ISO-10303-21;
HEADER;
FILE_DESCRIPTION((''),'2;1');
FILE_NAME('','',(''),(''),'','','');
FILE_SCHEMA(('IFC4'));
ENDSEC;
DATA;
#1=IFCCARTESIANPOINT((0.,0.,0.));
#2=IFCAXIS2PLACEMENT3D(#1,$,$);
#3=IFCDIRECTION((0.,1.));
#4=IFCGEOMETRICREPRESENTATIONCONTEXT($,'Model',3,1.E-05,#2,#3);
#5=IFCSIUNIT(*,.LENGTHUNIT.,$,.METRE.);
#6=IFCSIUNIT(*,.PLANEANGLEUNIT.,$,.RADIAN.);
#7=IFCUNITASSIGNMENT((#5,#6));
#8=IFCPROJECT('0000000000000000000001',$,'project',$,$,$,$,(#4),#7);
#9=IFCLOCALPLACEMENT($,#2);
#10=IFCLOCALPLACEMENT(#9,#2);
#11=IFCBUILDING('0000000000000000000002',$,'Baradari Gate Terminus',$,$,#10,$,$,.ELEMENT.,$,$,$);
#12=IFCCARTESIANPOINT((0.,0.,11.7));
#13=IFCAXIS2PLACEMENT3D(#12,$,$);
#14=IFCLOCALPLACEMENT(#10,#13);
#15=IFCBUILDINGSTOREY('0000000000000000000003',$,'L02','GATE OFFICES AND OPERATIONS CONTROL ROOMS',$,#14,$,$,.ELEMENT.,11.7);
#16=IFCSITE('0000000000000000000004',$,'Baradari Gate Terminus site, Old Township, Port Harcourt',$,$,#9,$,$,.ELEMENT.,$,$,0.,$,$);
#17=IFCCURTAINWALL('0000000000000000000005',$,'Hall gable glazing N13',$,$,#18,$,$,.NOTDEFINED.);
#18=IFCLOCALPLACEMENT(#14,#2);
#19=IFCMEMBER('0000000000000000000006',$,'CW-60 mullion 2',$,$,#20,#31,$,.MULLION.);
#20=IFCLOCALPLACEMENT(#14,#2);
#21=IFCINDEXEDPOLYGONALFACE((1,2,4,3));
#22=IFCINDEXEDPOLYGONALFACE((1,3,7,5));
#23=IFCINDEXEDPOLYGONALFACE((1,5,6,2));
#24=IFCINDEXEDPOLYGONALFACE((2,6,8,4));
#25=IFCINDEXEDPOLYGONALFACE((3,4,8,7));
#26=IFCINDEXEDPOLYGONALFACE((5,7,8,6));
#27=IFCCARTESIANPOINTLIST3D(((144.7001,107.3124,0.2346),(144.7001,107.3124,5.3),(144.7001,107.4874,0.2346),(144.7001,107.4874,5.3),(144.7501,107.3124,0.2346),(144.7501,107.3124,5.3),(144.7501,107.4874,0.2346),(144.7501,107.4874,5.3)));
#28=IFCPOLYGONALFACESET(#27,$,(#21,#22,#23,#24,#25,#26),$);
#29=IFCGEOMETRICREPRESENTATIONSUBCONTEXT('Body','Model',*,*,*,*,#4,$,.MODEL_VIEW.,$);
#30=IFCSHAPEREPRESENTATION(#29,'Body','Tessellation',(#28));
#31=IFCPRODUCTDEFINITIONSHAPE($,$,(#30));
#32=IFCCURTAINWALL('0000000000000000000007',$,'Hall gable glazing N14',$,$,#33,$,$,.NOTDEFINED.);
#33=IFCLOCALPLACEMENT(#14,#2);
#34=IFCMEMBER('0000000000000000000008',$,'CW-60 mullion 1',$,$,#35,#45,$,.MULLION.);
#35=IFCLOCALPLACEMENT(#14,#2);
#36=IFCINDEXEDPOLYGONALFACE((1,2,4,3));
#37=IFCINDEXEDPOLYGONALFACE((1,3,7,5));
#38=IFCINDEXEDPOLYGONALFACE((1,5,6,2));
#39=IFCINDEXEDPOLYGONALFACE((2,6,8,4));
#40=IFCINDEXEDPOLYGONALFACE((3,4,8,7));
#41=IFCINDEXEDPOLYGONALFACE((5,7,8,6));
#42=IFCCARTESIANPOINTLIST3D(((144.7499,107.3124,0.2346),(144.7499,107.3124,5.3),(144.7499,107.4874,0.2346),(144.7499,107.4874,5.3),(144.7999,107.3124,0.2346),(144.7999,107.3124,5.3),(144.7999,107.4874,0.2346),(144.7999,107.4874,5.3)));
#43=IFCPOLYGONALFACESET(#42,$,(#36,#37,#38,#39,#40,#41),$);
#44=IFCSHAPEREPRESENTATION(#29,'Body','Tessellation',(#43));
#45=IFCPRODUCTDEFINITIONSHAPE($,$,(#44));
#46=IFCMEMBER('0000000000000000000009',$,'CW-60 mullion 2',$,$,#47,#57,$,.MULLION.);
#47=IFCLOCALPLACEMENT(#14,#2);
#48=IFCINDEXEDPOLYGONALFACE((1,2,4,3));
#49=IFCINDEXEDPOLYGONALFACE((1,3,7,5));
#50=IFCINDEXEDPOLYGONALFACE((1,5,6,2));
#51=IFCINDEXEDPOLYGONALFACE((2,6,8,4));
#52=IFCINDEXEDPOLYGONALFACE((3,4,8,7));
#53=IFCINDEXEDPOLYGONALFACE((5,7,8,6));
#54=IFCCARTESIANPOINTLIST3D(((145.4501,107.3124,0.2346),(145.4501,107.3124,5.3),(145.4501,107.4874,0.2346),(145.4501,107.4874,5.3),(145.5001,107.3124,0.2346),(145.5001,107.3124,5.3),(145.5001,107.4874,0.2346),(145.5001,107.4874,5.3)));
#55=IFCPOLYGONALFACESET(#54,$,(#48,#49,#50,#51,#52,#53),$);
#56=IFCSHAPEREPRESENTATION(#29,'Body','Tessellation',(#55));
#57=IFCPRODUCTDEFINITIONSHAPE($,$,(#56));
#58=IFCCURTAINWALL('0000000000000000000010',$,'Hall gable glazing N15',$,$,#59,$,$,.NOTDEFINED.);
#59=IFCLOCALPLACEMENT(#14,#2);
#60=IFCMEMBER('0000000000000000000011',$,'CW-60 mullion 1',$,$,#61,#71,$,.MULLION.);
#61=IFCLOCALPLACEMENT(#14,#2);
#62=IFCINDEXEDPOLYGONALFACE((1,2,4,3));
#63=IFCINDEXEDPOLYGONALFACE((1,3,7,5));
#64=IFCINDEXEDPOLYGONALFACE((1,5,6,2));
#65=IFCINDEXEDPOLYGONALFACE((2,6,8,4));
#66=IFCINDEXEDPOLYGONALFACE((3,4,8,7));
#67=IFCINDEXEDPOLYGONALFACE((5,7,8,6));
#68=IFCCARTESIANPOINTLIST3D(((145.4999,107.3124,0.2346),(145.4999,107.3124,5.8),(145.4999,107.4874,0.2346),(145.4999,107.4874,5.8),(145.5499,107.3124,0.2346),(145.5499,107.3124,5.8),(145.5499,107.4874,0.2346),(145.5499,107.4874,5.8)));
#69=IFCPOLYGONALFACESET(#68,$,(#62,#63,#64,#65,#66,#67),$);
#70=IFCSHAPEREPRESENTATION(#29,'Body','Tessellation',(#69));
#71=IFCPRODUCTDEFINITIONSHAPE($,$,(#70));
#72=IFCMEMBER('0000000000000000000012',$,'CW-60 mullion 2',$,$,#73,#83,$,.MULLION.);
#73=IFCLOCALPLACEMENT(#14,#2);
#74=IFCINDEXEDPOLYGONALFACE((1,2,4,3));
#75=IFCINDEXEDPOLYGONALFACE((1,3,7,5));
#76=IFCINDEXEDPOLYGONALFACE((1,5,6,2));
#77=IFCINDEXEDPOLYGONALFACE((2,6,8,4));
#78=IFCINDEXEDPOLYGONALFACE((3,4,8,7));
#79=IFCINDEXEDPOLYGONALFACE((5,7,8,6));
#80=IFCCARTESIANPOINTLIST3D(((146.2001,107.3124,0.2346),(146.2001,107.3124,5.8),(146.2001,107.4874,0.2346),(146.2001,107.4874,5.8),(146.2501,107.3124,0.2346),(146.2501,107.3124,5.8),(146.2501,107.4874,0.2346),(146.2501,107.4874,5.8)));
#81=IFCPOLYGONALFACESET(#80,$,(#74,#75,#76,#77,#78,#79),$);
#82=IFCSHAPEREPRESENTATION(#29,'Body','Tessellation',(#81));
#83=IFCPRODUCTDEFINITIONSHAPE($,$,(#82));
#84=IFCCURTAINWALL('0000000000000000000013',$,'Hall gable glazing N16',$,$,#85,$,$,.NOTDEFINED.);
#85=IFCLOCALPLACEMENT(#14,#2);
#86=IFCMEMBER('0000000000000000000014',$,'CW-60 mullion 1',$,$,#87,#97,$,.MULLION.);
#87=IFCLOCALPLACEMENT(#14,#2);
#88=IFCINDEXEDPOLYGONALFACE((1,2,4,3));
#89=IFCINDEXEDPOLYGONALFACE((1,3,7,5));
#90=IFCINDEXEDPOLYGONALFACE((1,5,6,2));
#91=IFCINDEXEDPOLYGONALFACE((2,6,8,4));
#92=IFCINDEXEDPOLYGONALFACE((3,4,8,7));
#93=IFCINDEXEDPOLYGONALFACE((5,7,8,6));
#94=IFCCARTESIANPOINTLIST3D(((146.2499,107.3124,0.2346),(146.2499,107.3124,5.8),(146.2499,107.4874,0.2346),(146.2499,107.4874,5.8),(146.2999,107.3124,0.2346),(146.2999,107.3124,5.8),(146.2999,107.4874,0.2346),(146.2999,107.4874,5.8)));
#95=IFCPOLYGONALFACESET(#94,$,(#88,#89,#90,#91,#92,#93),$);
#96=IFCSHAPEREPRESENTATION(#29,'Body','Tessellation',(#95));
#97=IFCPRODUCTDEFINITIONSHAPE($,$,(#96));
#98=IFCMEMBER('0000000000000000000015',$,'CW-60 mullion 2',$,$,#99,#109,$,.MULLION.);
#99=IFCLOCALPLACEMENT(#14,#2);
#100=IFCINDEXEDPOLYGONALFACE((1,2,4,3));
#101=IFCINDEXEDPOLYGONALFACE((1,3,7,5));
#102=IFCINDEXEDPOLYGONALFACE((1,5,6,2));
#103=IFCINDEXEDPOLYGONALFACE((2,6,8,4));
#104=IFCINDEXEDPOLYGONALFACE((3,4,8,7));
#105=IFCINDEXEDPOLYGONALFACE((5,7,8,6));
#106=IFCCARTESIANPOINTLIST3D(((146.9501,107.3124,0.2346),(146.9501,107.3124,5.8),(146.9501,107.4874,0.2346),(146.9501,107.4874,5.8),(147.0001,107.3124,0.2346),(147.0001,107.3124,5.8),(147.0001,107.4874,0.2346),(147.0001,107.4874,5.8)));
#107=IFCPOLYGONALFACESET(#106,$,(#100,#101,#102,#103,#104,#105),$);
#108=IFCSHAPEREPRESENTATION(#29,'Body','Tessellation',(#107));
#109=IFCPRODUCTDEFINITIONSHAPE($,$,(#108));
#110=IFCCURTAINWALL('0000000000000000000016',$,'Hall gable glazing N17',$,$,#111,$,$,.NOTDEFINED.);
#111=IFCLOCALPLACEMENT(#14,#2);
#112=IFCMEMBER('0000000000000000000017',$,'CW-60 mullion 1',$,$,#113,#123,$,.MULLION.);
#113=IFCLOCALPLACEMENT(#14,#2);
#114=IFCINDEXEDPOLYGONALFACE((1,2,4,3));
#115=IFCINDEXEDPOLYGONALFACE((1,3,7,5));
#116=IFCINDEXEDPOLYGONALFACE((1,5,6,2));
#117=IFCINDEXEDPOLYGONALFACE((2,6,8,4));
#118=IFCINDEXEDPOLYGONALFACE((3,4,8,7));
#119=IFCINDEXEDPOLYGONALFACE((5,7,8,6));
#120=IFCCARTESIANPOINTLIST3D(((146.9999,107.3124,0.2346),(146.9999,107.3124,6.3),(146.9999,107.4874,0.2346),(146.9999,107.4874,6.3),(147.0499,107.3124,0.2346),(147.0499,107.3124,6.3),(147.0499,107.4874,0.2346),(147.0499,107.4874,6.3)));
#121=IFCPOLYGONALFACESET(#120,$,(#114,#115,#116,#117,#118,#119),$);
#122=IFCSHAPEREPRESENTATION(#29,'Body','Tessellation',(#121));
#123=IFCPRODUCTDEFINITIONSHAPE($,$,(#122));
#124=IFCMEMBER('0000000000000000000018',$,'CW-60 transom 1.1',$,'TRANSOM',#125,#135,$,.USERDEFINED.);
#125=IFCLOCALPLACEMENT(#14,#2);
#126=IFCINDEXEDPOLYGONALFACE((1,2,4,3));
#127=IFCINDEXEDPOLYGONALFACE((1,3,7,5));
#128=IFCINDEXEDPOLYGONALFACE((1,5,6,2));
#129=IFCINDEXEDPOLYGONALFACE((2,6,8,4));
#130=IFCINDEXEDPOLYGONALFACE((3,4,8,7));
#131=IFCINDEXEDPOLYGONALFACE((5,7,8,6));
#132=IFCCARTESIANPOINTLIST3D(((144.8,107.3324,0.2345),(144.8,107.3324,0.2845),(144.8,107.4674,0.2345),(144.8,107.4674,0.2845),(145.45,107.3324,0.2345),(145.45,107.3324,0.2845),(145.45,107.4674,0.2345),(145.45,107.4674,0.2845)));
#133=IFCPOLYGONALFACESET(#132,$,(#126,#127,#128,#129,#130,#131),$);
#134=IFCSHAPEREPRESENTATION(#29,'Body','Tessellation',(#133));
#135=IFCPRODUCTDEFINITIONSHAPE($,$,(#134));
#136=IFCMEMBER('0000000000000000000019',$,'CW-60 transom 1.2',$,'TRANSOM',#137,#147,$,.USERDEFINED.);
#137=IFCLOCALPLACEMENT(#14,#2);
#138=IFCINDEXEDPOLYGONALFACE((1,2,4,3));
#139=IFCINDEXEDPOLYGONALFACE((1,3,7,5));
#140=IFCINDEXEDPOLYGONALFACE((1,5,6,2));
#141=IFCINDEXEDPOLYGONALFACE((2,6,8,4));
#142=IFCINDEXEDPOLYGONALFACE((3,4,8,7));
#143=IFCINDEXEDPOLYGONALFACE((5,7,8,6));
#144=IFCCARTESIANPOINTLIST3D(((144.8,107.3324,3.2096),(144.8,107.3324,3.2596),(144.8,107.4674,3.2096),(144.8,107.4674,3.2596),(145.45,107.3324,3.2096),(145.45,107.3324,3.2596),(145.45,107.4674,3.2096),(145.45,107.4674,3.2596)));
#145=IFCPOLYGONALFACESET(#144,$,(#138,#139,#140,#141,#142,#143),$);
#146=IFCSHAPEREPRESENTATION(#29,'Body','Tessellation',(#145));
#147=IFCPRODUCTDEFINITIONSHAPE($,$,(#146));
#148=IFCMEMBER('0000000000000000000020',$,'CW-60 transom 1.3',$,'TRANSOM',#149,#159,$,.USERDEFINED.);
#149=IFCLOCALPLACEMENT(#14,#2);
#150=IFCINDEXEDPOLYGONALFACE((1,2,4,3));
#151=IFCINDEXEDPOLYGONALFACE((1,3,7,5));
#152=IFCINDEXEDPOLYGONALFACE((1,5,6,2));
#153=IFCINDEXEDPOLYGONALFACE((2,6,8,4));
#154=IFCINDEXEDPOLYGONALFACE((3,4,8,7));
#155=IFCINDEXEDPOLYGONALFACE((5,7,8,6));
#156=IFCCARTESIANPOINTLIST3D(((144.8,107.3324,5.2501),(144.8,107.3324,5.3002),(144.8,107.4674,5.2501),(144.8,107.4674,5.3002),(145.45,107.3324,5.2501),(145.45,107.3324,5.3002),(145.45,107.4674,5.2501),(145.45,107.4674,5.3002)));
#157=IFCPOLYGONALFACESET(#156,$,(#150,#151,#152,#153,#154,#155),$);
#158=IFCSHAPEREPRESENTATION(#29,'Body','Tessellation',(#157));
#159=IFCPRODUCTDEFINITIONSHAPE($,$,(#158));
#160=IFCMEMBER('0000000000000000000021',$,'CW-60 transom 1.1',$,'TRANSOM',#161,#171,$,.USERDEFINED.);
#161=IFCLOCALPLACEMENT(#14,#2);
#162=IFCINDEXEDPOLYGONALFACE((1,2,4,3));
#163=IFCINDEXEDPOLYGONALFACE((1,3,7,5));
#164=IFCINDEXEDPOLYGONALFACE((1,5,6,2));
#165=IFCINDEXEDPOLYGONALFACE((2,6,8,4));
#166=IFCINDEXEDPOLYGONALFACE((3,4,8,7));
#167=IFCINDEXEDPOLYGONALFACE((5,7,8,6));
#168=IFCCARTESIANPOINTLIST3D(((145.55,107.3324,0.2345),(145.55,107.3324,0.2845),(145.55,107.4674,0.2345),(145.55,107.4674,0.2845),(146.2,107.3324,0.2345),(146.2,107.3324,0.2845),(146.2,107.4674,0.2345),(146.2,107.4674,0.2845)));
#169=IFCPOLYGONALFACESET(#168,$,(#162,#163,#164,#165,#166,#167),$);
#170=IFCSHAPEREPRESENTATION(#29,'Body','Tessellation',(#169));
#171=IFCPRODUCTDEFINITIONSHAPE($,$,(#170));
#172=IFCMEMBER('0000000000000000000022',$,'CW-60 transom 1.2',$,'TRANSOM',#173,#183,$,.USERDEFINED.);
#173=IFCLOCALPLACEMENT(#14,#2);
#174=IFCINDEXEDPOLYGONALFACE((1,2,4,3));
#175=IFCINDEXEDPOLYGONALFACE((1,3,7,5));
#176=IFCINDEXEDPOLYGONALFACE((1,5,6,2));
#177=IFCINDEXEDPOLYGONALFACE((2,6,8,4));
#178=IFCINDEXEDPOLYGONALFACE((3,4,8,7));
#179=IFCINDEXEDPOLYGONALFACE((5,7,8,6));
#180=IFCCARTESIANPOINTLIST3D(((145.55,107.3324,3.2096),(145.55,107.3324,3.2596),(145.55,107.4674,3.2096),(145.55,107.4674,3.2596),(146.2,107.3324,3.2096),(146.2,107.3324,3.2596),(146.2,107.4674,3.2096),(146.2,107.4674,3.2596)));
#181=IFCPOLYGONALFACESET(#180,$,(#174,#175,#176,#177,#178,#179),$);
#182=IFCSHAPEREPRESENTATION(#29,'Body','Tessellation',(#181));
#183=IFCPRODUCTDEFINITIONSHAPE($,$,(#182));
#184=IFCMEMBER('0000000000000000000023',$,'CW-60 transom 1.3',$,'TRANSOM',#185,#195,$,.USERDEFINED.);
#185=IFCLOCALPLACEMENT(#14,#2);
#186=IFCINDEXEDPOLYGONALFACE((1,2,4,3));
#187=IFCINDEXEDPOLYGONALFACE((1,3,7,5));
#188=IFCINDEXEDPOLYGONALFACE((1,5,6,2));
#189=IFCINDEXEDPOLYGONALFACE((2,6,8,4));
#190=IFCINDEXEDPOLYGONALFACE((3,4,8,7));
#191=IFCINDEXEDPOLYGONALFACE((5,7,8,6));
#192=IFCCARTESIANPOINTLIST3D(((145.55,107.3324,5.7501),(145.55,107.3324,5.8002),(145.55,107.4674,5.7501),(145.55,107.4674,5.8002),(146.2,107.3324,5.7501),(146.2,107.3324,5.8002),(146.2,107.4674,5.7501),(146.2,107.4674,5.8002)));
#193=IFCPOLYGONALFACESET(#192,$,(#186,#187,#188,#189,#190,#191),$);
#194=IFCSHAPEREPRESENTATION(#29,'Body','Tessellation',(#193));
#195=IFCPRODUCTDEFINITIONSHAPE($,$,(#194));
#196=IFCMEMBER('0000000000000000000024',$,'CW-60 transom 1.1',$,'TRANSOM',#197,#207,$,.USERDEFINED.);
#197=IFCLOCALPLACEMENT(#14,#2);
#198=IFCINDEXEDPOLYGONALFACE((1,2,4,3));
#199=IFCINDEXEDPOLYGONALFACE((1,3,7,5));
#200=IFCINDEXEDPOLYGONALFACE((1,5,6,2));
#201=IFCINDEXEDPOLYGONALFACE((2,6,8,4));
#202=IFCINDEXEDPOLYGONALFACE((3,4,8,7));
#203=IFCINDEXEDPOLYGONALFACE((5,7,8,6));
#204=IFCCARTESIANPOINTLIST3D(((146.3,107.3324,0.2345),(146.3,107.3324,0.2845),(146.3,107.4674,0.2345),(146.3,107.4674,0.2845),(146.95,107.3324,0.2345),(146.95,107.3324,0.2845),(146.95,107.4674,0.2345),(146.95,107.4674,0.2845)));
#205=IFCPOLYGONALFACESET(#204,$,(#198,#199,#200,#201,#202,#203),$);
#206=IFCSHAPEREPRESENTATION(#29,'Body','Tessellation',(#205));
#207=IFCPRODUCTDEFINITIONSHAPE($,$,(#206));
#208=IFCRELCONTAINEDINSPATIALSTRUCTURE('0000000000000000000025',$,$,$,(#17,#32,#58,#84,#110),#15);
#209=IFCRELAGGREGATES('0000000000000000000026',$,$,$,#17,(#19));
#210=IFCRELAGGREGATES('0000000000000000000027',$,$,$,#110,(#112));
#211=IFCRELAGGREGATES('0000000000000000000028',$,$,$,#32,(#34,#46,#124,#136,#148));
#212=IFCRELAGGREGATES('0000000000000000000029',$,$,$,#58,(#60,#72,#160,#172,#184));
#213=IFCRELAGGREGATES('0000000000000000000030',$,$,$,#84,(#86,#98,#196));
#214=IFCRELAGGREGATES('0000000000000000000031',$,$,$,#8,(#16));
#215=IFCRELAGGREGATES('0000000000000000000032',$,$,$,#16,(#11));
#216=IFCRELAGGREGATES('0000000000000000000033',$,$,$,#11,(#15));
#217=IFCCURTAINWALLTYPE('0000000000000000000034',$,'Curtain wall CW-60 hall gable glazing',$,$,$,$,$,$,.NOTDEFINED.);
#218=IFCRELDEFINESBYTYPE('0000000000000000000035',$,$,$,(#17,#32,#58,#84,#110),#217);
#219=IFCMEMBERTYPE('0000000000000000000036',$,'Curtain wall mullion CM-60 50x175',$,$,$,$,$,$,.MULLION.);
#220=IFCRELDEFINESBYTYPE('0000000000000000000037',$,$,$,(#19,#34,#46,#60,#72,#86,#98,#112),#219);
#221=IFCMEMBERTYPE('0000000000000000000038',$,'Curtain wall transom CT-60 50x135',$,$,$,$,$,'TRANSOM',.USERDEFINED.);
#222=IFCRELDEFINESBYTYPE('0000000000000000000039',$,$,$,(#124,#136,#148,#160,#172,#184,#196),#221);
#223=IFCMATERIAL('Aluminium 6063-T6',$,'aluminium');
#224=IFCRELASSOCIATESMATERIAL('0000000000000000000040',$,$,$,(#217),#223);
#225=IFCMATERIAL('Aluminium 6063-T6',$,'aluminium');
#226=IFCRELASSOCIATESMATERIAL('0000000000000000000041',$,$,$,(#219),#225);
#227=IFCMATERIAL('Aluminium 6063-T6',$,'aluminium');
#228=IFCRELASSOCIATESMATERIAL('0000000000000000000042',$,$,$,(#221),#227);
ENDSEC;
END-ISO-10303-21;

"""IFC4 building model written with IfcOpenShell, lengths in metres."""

from ifc_helpers import new_model, si_unit, direction, frame, origin, origin_2d, place, context, subcontext, project, spatial, rectangle, extrude, material, material_profile, profile_set, type_object, element, aggregate, save


model = new_model("IFC4")

# Units and contexts
model_context = context("Model", 3, precision=1e-05, world=origin(), true_north=direction((0.0, 1.0)))
body_context = subcontext(model_context, "Body", "Model", "MODEL_VIEW")
ifc_project = project(units=[si_unit("LENGTHUNIT", "METRE"), si_unit("PLANEANGLEUNIT", "RADIAN")], contexts=[model_context])

# Site, building, storey
site_placement = place(None, origin())
site = spatial("IfcSite", under=ifc_project, at=site_placement, Name="Baradari Gate Terminus site, Old Township, Port Harcourt", CompositionType="ELEMENT", RefElevation=0.0)
building_placement = place(site_placement, origin())
building = spatial("IfcBuilding", under=site, at=building_placement, Name="Baradari Gate Terminus", CompositionType="ELEMENT")
storey_placement = place(building_placement, frame((0.0, 0.0, 11.7)))
storey = spatial("IfcBuildingStorey", under=building, at=storey_placement, Name="L02", Description="GATE OFFICES AND OPERATIONS CONTROL ROOMS", CompositionType="ELEMENT", Elevation=11.7)

# Curtain wall, member
ifc_material_1 = material(Name="Aluminium 6063-T6", Category="aluminium")
curtain_wall_type = type_object("IfcCurtainWallType", Name="Curtain wall CW-60 hall gable glazing", PredefinedType="NOTDEFINED", material=ifc_material_1)
curtain_wall_1_placement = place(storey_placement, origin())
curtain_wall_1 = element("IfcCurtainWall", 1, at=curtain_wall_1_placement, inside=storey, type_object=curtain_wall_type, Name="Hall gable glazing N13", PredefinedType="NOTDEFINED")
ifc_material_2 = material(Name="Aluminium 6063-T6", Category="aluminium")
ifc_material_profile_1 = material_profile(ifc_material_2, rectangle(XDim=0.175, YDim=0.05, at=origin_2d()), Name="CM-60 50X175")
ifc_profile_set_1 = profile_set([ifc_material_profile_1], Name="Aluminium 6063-T6")
member_type_1 = type_object("IfcMemberType", Name="Curtain wall mullion CM-60 50x175", PredefinedType="MULLION", material=ifc_profile_set_1)
member_1_placement = place(storey_placement, frame((144.7251, 107.3999, 0.2346), z_axis=(0.0, 0.0, 1.0), x_axis=(0.0, 1.0, 0.0)))
member_1 = element("IfcMember", 2, at=member_1_placement, type_object=member_type_1, Name="CW-60 mullion 2", PredefinedType="MULLION", context=body_context, shape_type="SweptSolid", body=[
    extrude(rectangle(XDim=0.175, YDim=0.05, at=origin_2d()), origin(), (0.0, 0.0, 1.0), 5.0654),
])
aggregate(curtain_wall_1, [member_1])

# Curtain walls, members
curtain_wall_2_placement = place(storey_placement, origin())
curtain_wall_2 = element("IfcCurtainWall", 3, at=curtain_wall_2_placement, inside=storey, type_object=curtain_wall_type, Name="Hall gable glazing N14", PredefinedType="NOTDEFINED")
member_2_placement = place(storey_placement, frame((144.7749, 107.3999, 0.2346), z_axis=(0.0, 0.0, 1.0), x_axis=(0.0, 1.0, 0.0)))
member_2 = element("IfcMember", 4, at=member_2_placement, type_object=member_type_1, Name="CW-60 mullion 1", PredefinedType="MULLION", context=body_context, shape_type="SweptSolid", body=[
    extrude(rectangle(XDim=0.175, YDim=0.05, at=origin_2d()), origin(), (0.0, 0.0, 1.0), 5.0654),
])
member_3_placement = place(storey_placement, frame((145.4751, 107.3999, 0.2346), z_axis=(0.0, 0.0, 1.0), x_axis=(0.0, 1.0, 0.0)))
member_3 = element("IfcMember", 5, at=member_3_placement, type_object=member_type_1, Name="CW-60 mullion 2", PredefinedType="MULLION", context=body_context, shape_type="SweptSolid", body=[
    extrude(rectangle(XDim=0.175, YDim=0.05, at=origin_2d()), origin(), (0.0, 0.0, 1.0), 5.0654),
])
curtain_wall_3_placement = place(storey_placement, origin())
curtain_wall_3 = element("IfcCurtainWall", 6, at=curtain_wall_3_placement, inside=storey, type_object=curtain_wall_type, Name="Hall gable glazing N15", PredefinedType="NOTDEFINED")
member_4_placement = place(storey_placement, frame((145.5249, 107.3999, 0.2346), z_axis=(0.0, 0.0, 1.0), x_axis=(0.0, 1.0, 0.0)))
member_4 = element("IfcMember", 7, at=member_4_placement, type_object=member_type_1, Name="CW-60 mullion 1", PredefinedType="MULLION", context=body_context, shape_type="SweptSolid", body=[
    extrude(rectangle(XDim=0.175, YDim=0.05, at=origin_2d()), origin(), (0.0, 0.0, 1.0), 5.5654),
])
member_5_placement = place(storey_placement, frame((146.2251, 107.3999, 0.2346), z_axis=(0.0, 0.0, 1.0), x_axis=(0.0, 1.0, 0.0)))
member_5 = element("IfcMember", 8, at=member_5_placement, type_object=member_type_1, Name="CW-60 mullion 2", PredefinedType="MULLION", context=body_context, shape_type="SweptSolid", body=[
    extrude(rectangle(XDim=0.175, YDim=0.05, at=origin_2d()), origin(), (0.0, 0.0, 1.0), 5.5654),
])
curtain_wall_4_placement = place(storey_placement, origin())
curtain_wall_4 = element("IfcCurtainWall", 9, at=curtain_wall_4_placement, inside=storey, type_object=curtain_wall_type, Name="Hall gable glazing N16", PredefinedType="NOTDEFINED")
member_6_placement = place(storey_placement, frame((146.2749, 107.3999, 0.2346), z_axis=(0.0, 0.0, 1.0), x_axis=(0.0, 1.0, 0.0)))
member_6 = element("IfcMember", 10, at=member_6_placement, type_object=member_type_1, Name="CW-60 mullion 1", PredefinedType="MULLION", context=body_context, shape_type="SweptSolid", body=[
    extrude(rectangle(XDim=0.175, YDim=0.05, at=origin_2d()), origin(), (0.0, 0.0, 1.0), 5.5654),
])
member_7_placement = place(storey_placement, frame((146.9751, 107.3999, 0.2346), z_axis=(0.0, 0.0, 1.0), x_axis=(0.0, 1.0, 0.0)))
member_7 = element("IfcMember", 11, at=member_7_placement, type_object=member_type_1, Name="CW-60 mullion 2", PredefinedType="MULLION", context=body_context, shape_type="SweptSolid", body=[
    extrude(rectangle(XDim=0.175, YDim=0.05, at=origin_2d()), origin(), (0.0, 0.0, 1.0), 5.5654),
])

# Curtain wall, member
curtain_wall_5_placement = place(storey_placement, origin())
curtain_wall_5 = element("IfcCurtainWall", 12, at=curtain_wall_5_placement, inside=storey, type_object=curtain_wall_type, Name="Hall gable glazing N17", PredefinedType="NOTDEFINED")
member_8_placement = place(storey_placement, frame((147.0249, 107.3999, 0.2346), z_axis=(0.0, 0.0, 1.0), x_axis=(0.0, 1.0, 0.0)))
member_8 = element("IfcMember", 13, at=member_8_placement, type_object=member_type_1, Name="CW-60 mullion 1", PredefinedType="MULLION", context=body_context, shape_type="SweptSolid", body=[
    extrude(rectangle(XDim=0.175, YDim=0.05, at=origin_2d()), origin(), (0.0, 0.0, 1.0), 6.0654),
])

# Members
ifc_material_3 = material(Name="Aluminium 6063-T6", Category="aluminium")
ifc_material_profile_2 = material_profile(ifc_material_3, rectangle(XDim=0.135, YDim=0.05, at=origin_2d()), Name="CT-60 50X135")
ifc_profile_set_2 = profile_set([ifc_material_profile_2], Name="Aluminium 6063-T6")
member_type_2 = type_object("IfcMemberType", Name="Curtain wall transom CT-60 50x135", ElementType="TRANSOM", PredefinedType="USERDEFINED", material=ifc_profile_set_2)
member_9_placement = place(storey_placement, frame((144.8, 107.3999, 0.2595), z_axis=(1.0, 0.0, 0.0), x_axis=(0.0, 1.0, 0.0)))
member_9 = element("IfcMember", 14, at=member_9_placement, type_object=member_type_2, Name="CW-60 transom 1.1", ObjectType="TRANSOM", PredefinedType="USERDEFINED", context=body_context, shape_type="SweptSolid", body=[
    extrude(rectangle(XDim=0.135, YDim=0.05, at=origin_2d()), origin(), (0.0, 0.0, 1.0), 0.6499),
])
member_10_placement = place(storey_placement, frame((144.8, 107.3999, 3.2346), z_axis=(1.0, 0.0, 0.0), x_axis=(0.0, 1.0, 0.0)))
member_10 = element("IfcMember", 15, at=member_10_placement, type_object=member_type_2, Name="CW-60 transom 1.2", ObjectType="TRANSOM", PredefinedType="USERDEFINED", context=body_context, shape_type="SweptSolid", body=[
    extrude(rectangle(XDim=0.135, YDim=0.05, at=origin_2d()), origin(), (0.0, 0.0, 1.0), 0.6499),
])
member_11_placement = place(storey_placement, frame((144.8, 107.3999, 5.2751), z_axis=(1.0, 0.0, 0.0), x_axis=(0.0, 1.0, 0.0)))
member_11 = element("IfcMember", 16, at=member_11_placement, type_object=member_type_2, Name="CW-60 transom 1.3", ObjectType="TRANSOM", PredefinedType="USERDEFINED", context=body_context, shape_type="SweptSolid", body=[
    extrude(rectangle(XDim=0.135, YDim=0.05, at=origin_2d()), origin(), (0.0, 0.0, 1.0), 0.6499),
])
member_12_placement = place(storey_placement, frame((145.55, 107.3999, 0.2595), z_axis=(1.0, 0.0, 0.0), x_axis=(0.0, 1.0, 0.0)))
member_12 = element("IfcMember", 17, at=member_12_placement, type_object=member_type_2, Name="CW-60 transom 1.1", ObjectType="TRANSOM", PredefinedType="USERDEFINED", context=body_context, shape_type="SweptSolid", body=[
    extrude(rectangle(XDim=0.135, YDim=0.05, at=origin_2d()), origin(), (0.0, 0.0, 1.0), 0.6499),
])
member_13_placement = place(storey_placement, frame((145.55, 107.3999, 3.2346), z_axis=(1.0, 0.0, 0.0), x_axis=(0.0, 1.0, 0.0)))
member_13 = element("IfcMember", 18, at=member_13_placement, type_object=member_type_2, Name="CW-60 transom 1.2", ObjectType="TRANSOM", PredefinedType="USERDEFINED", context=body_context, shape_type="SweptSolid", body=[
    extrude(rectangle(XDim=0.135, YDim=0.05, at=origin_2d()), origin(), (0.0, 0.0, 1.0), 0.6499),
])
member_14_placement = place(storey_placement, frame((145.55, 107.3999, 5.7751), z_axis=(1.0, 0.0, 0.0), x_axis=(0.0, 1.0, 0.0)))
member_14 = element("IfcMember", 19, at=member_14_placement, type_object=member_type_2, Name="CW-60 transom 1.3", ObjectType="TRANSOM", PredefinedType="USERDEFINED", context=body_context, shape_type="SweptSolid", body=[
    extrude(rectangle(XDim=0.135, YDim=0.05, at=origin_2d()), origin(), (0.0, 0.0, 1.0), 0.6499),
])
member_15_placement = place(storey_placement, frame((146.3, 107.3999, 0.2595), z_axis=(1.0, 0.0, 0.0), x_axis=(0.0, 1.0, 0.0)))
member_15 = element("IfcMember", 20, at=member_15_placement, type_object=member_type_2, Name="CW-60 transom 1.1", ObjectType="TRANSOM", PredefinedType="USERDEFINED", context=body_context, shape_type="SweptSolid", body=[
    extrude(rectangle(XDim=0.135, YDim=0.05, at=origin_2d()), origin(), (0.0, 0.0, 1.0), 0.6499),
])
aggregate(curtain_wall_5, [member_8])

aggregate(curtain_wall_2, [member_2, member_3, member_9, member_10, member_11])
aggregate(curtain_wall_3, [member_4, member_5, member_12, member_13, member_14])
aggregate(curtain_wall_4, [member_6, member_7, member_15])

save(model, "model.ifc")
